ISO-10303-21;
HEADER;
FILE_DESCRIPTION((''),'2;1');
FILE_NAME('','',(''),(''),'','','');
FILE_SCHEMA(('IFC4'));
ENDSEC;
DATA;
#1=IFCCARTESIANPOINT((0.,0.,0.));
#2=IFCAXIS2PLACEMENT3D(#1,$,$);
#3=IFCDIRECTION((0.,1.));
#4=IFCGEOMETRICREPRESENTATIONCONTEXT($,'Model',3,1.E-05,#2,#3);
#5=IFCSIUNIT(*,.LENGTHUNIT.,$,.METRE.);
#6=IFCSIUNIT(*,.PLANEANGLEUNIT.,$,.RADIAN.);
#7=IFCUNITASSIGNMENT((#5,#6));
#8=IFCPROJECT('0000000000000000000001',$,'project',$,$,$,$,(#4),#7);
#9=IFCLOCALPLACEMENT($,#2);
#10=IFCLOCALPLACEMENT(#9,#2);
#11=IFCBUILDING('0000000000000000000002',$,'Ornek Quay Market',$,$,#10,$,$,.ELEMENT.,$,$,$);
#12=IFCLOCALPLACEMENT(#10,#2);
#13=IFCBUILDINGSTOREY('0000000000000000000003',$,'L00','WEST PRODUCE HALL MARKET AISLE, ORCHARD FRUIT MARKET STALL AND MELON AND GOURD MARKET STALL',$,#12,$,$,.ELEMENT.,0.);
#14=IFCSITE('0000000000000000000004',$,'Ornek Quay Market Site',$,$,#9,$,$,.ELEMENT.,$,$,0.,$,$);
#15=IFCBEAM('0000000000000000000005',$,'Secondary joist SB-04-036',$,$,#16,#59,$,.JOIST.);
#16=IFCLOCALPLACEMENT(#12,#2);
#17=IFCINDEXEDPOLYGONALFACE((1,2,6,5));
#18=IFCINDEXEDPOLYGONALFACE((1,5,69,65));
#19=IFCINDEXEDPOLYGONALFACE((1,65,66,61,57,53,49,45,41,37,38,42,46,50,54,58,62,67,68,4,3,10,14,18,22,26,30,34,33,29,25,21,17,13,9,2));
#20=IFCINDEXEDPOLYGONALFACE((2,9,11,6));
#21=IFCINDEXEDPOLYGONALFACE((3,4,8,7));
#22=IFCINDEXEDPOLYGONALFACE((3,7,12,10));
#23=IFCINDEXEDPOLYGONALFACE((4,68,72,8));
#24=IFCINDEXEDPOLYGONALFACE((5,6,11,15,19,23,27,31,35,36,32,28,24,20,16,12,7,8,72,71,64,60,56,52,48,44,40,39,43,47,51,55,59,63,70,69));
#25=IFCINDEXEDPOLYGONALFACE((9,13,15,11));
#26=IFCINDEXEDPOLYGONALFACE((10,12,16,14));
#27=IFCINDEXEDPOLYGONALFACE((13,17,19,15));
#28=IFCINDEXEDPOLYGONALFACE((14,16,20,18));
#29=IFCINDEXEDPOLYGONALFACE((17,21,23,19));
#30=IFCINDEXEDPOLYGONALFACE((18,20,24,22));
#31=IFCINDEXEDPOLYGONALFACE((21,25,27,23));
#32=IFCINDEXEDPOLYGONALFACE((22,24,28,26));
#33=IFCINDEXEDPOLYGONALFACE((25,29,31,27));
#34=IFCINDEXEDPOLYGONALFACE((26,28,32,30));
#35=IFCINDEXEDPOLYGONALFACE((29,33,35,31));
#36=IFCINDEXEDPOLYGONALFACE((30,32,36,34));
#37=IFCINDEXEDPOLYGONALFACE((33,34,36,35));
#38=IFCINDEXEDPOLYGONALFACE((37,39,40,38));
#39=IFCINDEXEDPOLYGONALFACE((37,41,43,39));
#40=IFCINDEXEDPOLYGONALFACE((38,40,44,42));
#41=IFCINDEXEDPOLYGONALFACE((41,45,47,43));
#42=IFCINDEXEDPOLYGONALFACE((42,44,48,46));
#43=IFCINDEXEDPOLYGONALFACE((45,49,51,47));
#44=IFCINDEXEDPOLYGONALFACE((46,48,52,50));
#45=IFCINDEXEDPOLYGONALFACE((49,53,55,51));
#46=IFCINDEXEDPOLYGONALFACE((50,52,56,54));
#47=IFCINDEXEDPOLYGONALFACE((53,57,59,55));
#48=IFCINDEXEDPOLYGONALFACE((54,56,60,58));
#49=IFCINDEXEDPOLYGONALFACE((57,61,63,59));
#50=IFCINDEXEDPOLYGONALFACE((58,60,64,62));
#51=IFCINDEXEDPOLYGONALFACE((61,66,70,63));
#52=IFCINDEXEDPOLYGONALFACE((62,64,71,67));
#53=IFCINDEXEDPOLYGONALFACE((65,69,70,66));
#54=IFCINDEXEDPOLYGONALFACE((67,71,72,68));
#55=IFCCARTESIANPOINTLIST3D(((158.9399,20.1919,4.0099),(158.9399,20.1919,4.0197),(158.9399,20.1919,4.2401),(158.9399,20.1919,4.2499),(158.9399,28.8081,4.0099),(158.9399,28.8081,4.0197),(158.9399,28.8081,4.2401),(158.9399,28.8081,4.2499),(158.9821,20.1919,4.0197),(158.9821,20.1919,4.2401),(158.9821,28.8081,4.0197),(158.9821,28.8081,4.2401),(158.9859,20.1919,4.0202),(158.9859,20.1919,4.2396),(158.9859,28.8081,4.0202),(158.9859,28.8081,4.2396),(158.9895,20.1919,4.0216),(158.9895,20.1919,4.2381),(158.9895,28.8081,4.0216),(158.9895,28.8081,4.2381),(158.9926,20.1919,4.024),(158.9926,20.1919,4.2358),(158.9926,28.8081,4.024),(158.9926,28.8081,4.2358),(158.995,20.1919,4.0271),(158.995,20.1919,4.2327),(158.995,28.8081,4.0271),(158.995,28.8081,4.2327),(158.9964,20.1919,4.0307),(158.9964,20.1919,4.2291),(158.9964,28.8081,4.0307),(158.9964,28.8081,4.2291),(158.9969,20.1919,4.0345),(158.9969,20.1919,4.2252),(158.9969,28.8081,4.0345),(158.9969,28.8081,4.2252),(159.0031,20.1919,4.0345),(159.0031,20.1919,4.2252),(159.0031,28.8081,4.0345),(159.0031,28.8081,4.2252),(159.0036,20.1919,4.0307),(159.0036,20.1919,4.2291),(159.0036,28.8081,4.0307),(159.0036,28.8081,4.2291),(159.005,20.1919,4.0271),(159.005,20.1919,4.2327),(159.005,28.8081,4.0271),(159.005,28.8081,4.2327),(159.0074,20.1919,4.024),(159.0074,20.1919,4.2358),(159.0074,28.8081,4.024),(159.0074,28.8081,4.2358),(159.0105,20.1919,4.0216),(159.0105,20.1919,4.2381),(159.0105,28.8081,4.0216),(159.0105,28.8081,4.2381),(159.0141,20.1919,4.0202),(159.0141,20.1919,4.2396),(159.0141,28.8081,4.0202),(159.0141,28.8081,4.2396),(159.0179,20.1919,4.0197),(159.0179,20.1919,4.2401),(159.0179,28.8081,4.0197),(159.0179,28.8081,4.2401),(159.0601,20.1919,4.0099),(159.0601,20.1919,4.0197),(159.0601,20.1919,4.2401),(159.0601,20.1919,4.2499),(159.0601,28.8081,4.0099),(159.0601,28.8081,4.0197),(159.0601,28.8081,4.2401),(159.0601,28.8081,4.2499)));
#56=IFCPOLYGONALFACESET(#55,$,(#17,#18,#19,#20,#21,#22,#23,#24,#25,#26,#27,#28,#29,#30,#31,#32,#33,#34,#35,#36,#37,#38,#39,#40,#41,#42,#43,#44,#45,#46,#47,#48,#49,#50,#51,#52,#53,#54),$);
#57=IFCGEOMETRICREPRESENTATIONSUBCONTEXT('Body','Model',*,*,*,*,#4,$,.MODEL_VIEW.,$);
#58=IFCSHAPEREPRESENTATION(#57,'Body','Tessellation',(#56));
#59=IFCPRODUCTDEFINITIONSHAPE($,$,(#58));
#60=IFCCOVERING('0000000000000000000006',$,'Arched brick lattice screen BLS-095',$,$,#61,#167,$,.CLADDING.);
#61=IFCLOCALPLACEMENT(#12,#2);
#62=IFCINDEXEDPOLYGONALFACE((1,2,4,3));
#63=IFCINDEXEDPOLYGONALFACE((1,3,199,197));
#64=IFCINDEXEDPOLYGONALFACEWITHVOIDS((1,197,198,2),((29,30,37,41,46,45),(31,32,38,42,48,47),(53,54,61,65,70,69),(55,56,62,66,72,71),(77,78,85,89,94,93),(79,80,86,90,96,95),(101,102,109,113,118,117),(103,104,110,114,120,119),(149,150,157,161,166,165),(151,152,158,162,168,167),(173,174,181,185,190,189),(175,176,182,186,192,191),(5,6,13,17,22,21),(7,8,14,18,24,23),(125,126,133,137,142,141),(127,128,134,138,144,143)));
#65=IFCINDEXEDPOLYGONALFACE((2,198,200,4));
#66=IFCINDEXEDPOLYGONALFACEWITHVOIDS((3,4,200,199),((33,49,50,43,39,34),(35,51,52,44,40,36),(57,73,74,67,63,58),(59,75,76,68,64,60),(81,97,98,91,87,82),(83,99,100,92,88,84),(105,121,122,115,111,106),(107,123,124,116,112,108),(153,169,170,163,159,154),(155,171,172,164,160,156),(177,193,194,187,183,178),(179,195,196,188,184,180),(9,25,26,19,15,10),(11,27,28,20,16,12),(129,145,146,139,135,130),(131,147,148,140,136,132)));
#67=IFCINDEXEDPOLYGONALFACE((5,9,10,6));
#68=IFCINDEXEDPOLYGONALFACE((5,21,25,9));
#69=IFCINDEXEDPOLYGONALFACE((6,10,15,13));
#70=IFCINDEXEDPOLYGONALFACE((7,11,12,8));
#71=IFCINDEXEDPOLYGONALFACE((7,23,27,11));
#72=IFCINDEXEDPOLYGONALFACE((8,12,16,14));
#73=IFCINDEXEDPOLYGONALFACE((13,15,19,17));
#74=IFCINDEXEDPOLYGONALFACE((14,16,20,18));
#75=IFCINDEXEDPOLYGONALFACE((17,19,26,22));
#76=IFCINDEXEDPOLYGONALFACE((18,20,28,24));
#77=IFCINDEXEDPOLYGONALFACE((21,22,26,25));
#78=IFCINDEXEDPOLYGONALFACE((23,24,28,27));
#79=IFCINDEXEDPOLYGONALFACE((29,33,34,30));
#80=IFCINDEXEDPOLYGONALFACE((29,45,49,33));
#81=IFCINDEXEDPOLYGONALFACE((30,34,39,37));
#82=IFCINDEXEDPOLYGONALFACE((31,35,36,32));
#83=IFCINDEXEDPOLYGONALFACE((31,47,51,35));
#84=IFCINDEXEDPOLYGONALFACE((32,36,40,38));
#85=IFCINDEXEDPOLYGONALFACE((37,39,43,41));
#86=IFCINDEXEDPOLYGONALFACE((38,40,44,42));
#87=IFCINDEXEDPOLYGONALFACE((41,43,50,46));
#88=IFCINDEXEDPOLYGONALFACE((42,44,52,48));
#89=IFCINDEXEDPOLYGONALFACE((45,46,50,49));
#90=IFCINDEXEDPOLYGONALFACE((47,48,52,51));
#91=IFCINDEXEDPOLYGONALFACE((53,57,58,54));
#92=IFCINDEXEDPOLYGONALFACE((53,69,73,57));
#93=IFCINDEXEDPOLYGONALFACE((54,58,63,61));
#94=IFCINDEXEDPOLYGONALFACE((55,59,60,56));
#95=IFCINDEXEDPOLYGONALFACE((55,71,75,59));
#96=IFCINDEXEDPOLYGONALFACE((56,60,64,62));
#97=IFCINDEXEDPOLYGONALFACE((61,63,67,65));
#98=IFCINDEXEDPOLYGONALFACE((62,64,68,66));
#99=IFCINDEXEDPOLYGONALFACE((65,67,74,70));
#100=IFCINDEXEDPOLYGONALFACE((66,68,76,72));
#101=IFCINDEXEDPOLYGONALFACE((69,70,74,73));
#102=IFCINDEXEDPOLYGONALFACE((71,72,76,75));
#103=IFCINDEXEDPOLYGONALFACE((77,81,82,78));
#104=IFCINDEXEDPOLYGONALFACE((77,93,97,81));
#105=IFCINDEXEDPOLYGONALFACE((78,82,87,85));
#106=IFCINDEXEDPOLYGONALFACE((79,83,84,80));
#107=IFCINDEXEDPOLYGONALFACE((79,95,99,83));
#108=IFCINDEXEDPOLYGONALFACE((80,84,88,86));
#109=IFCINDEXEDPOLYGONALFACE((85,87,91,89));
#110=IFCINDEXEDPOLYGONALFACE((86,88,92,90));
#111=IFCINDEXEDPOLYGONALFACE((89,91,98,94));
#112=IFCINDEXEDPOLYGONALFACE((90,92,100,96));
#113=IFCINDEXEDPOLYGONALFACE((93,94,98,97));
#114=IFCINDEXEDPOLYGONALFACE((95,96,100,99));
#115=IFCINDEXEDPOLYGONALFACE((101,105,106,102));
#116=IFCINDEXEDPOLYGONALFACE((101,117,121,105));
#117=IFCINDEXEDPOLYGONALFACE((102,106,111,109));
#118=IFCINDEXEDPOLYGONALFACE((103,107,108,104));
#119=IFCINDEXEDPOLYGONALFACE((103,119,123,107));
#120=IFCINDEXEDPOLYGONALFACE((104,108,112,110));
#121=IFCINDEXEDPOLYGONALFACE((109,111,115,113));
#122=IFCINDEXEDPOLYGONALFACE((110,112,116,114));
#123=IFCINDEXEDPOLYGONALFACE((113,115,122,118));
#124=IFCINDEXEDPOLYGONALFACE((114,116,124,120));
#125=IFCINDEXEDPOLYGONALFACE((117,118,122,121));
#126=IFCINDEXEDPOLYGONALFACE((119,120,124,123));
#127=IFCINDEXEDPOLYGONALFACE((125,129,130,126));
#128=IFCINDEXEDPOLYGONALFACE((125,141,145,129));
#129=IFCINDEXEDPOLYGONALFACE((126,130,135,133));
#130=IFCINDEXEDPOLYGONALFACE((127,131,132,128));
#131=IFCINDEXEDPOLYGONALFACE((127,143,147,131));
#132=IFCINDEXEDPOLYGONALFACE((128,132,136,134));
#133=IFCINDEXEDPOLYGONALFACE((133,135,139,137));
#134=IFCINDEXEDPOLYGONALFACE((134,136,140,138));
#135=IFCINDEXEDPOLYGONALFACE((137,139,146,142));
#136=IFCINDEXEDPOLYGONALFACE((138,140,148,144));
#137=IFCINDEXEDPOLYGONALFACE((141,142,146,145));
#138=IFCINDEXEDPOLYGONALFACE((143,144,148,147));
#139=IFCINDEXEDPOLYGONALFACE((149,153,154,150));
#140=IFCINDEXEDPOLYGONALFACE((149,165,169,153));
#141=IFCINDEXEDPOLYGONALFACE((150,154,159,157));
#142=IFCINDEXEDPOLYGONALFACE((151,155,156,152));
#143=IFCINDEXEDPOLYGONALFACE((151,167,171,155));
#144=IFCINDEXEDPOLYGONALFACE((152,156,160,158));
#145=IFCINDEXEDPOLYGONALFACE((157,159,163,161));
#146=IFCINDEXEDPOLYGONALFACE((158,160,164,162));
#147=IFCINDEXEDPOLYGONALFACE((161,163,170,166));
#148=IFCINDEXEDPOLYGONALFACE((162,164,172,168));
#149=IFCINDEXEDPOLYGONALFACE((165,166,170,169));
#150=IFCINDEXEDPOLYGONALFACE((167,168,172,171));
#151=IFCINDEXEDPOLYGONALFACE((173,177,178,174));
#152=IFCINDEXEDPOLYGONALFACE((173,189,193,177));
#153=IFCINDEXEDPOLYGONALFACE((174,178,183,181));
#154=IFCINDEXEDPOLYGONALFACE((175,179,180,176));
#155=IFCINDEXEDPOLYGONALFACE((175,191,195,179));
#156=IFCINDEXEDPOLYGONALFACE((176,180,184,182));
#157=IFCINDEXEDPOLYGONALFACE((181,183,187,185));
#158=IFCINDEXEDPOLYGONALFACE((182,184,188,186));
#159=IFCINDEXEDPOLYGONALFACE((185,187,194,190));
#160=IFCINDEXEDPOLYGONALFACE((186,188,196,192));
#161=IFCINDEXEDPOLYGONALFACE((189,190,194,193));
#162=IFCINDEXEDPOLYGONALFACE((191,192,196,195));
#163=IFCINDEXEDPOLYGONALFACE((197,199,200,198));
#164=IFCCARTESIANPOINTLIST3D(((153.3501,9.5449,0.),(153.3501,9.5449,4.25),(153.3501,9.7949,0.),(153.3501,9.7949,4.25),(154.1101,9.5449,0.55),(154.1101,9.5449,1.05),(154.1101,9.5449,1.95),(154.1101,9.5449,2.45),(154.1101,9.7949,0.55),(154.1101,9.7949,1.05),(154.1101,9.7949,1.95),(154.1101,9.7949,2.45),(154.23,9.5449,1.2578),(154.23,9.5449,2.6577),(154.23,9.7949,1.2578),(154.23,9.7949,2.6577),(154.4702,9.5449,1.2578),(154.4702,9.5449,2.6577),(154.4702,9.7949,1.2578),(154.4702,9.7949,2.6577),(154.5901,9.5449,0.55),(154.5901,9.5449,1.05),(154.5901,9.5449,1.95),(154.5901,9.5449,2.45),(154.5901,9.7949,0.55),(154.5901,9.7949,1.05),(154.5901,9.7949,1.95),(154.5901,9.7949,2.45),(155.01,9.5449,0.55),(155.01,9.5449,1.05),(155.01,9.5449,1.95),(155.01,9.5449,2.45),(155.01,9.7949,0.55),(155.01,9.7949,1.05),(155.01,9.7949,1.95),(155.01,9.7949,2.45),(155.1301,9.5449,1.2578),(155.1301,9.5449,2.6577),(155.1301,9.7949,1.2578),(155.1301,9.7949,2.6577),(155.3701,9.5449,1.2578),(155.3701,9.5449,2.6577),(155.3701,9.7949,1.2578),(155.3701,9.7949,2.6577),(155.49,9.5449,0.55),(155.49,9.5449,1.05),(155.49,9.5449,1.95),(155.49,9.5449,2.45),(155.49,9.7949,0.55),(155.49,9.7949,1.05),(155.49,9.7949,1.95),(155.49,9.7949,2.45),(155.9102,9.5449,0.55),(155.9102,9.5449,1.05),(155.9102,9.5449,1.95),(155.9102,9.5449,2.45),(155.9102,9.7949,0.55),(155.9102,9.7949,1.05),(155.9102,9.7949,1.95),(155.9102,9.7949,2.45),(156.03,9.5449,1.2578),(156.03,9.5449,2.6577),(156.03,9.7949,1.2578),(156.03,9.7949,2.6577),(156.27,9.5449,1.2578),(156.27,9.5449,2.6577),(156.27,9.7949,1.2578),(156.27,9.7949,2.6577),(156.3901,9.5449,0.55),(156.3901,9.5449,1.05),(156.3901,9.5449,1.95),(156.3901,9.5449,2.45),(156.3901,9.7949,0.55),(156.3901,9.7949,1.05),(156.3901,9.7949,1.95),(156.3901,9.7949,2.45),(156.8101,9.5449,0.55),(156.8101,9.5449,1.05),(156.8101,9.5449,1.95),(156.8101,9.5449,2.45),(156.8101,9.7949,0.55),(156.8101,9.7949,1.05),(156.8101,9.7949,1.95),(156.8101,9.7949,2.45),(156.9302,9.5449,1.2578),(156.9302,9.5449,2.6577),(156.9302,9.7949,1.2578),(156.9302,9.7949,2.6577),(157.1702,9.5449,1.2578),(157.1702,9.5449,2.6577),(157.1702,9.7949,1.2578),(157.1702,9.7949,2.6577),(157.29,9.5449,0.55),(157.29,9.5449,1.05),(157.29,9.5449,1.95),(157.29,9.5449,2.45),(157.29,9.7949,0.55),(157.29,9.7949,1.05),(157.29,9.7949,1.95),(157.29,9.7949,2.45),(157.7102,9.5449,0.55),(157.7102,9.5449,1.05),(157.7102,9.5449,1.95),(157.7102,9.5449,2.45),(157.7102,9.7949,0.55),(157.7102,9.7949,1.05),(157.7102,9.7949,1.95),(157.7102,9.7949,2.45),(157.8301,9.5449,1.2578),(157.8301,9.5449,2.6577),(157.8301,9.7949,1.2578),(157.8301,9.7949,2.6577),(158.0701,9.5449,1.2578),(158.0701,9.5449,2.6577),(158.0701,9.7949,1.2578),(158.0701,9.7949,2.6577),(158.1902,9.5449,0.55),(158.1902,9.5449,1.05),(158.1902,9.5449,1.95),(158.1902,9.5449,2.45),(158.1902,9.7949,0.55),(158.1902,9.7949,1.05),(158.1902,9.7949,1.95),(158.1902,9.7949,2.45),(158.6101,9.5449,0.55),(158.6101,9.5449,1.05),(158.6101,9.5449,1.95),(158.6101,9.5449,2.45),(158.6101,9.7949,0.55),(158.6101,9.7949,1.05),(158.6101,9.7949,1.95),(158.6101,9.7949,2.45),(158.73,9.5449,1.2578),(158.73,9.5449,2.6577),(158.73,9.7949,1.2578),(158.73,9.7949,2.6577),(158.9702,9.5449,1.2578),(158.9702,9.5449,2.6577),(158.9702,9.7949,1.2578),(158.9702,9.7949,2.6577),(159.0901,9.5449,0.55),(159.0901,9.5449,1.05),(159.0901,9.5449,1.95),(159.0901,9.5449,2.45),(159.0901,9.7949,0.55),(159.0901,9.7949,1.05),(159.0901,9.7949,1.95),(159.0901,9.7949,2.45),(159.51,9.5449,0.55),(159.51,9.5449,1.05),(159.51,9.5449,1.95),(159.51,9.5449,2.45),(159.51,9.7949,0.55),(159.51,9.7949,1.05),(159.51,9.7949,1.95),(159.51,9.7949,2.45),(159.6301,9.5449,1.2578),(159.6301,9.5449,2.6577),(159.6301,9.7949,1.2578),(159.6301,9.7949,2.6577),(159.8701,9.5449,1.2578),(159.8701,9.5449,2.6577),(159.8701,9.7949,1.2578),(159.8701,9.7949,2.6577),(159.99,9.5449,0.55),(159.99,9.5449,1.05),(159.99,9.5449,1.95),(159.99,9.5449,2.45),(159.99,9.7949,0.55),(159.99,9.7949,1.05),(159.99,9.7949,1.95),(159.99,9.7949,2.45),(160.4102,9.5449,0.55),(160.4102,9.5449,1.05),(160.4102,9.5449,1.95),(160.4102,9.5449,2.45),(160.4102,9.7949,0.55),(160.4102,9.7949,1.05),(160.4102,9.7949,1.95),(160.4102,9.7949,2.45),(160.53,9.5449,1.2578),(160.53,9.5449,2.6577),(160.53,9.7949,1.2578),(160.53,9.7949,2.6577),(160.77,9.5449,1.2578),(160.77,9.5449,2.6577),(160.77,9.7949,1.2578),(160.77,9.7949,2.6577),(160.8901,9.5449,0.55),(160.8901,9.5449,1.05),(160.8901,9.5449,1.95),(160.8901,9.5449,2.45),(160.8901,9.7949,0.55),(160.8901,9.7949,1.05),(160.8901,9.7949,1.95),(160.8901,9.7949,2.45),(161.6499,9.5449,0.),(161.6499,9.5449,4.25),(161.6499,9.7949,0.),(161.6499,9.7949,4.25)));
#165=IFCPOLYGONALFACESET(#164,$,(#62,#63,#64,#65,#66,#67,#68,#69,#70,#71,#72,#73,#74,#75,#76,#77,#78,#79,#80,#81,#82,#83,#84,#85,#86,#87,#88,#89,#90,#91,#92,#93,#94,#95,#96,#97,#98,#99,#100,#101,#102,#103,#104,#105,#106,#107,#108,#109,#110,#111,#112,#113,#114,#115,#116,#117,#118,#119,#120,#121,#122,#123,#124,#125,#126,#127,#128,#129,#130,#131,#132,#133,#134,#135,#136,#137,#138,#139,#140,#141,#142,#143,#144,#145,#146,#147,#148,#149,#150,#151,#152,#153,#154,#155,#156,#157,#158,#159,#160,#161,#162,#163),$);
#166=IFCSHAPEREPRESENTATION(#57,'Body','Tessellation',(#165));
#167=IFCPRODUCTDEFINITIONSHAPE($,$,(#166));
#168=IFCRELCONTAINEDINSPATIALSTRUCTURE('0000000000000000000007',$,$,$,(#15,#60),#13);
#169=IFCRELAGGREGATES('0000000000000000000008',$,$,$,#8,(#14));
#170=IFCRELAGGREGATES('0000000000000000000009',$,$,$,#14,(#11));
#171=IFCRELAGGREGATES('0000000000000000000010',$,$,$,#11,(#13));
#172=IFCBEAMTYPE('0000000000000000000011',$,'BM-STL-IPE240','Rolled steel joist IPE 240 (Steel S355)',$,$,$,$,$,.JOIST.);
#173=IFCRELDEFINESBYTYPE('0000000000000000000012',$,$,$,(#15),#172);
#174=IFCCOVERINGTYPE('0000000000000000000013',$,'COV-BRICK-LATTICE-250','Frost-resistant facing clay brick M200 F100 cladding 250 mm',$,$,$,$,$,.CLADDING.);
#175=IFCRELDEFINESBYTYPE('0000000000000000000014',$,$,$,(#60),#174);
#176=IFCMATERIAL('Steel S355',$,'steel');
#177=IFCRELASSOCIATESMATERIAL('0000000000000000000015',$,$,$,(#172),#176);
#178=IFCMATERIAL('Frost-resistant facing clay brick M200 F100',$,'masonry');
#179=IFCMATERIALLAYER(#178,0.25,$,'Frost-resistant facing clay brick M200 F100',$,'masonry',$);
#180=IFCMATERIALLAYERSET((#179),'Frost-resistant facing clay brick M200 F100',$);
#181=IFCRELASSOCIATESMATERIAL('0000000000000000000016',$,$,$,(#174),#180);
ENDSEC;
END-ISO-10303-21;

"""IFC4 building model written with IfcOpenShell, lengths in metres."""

from ifc_helpers import new_model, si_unit, direction, frame, origin, origin_2d, place, context, subcontext, project, spatial, polyline, i_section, outline, extrude, material, layer, layer_set, material_profile, profile_set, type_object, element, save


model = new_model("IFC4")

# Units and contexts
model_context = context("Model", 3, precision=1e-05, world=origin(), true_north=direction((0.0, 1.0)))
body_context = subcontext(model_context, "Body", "Model", "MODEL_VIEW")
ifc_project = project(units=[si_unit("LENGTHUNIT", "METRE"), si_unit("PLANEANGLEUNIT", "RADIAN")], contexts=[model_context])

# Site, building, storey
site_placement = place(None, origin())
site = spatial("IfcSite", under=ifc_project, at=site_placement, Name="Ornek Quay Market Site", CompositionType="ELEMENT", RefElevation=0.0)
building_placement = place(site_placement, origin())
building = spatial("IfcBuilding", under=site, at=building_placement, Name="Ornek Quay Market", CompositionType="ELEMENT")
storey_placement = place(building_placement, origin())
storey = spatial("IfcBuildingStorey", under=building, at=storey_placement, Name="L00", Description="WEST PRODUCE HALL MARKET AISLE, ORCHARD FRUIT MARKET STALL AND MELON AND GOURD MARKET STALL", CompositionType="ELEMENT", Elevation=0.0)

# Beam
ifc_material_1 = material(Name="Steel S355", Category="steel")
ifc_material_profile_1 = material_profile(ifc_material_1, i_section(OverallWidth=0.1201, OverallDepth=0.24, WebThickness=0.0061, FlangeThickness=0.0098, FilletRadius=0.0149, at=origin_2d()), Name="IPE 240", Category="steel")
ifc_profile_set_1 = profile_set([ifc_material_profile_1], Name="Steel S355")
beam_type_1 = type_object("IfcBeamType", Name="BM-STL-IPE240", Description="Rolled steel joist IPE 240 (Steel S355)", PredefinedType="JOIST", material=ifc_profile_set_1)
for number, where, z_axis, x_axis, name in (
    (1, (159.0, 20.1919, 4.1299), (0.0, 1.0, 0.0), (-1.0, 0.0, 0.0), "Secondary joist SB-04-036"),
):
    element("IfcBeam", number, at=place(storey_placement, frame(where, z_axis=z_axis, x_axis=x_axis)), inside=storey, type_object=beam_type_1, Name=name, PredefinedType="JOIST", context=body_context, shape_type="SweptSolid", body=[
        extrude(i_section(OverallWidth=0.1201, OverallDepth=0.24, WebThickness=0.0061, FlangeThickness=0.0098, FilletRadius=0.0149, at=origin_2d()), origin(), (0.0, 0.0, 1.0), 8.6162),
    ])

# Covering
ifc_material_2 = material(Name="Frost-resistant facing clay brick M200 F100", Category="masonry")
ifc_layer = layer(ifc_material_2, 0.25, Name="Frost-resistant facing clay brick M200 F100", Category="masonry")
ifc_layer_set = layer_set([ifc_layer], Name="Frost-resistant facing clay brick M200 F100")
covering_type = type_object("IfcCoveringType", Name="COV-BRICK-LATTICE-250", Description="Frost-resistant facing clay brick M200 F100 cladding 250 mm", PredefinedType="CLADDING", material=ifc_layer_set)
covering_placement = place(storey_placement, frame((153.3501, 9.6699, 0.0), z_axis=(0.0, 0.0, 1.0), x_axis=(1.0, 0.0, 0.0)))
element("IfcCovering", 2, at=covering_placement, inside=storey, type_object=covering_type, Name="Arched brick lattice screen BLS-095", PredefinedType="CLADDING", context=body_context, shape_type="SweptSolid", body=[
    extrude(outline(polyline([(0.0, 0.0), (8.2998, 0.0), (8.2998, 4.25), (0.0, 4.25), (0.0, 0.0)]), holes=[polyline([(0.76, 0.55), (1.24, 0.55), (1.24, 1.05), (1.1201, 1.2578), (0.8799, 1.2578), (0.76, 1.05), (0.76, 0.55)]), polyline([(0.76, 1.95), (1.24, 1.95), (1.24, 2.45), (1.1201, 2.6577), (0.8799, 2.6577), (0.76, 2.45), (0.76, 1.95)]), polyline([(1.6599, 0.55), (2.1399, 0.55), (2.1399, 1.05), (2.02, 1.2578), (1.78, 1.2578), (1.6599, 1.05), (1.6599, 0.55)]), polyline([(1.6599, 1.95), (2.1399, 1.95), (2.1399, 2.45), (2.02, 2.6577), (1.78, 2.6577), (1.6599, 2.45), (1.6599, 1.95)]), polyline([(2.5601, 0.55), (3.04, 0.55), (3.04, 1.05), (2.9199, 1.2578), (2.6799, 1.2578), (2.5601, 1.05), (2.5601, 0.55)]), polyline([(2.5601, 1.95), (3.04, 1.95), (3.04, 2.45), (2.9199, 2.6577), (2.6799, 2.6577), (2.5601, 2.45), (2.5601, 1.95)]), polyline([(3.46, 0.55), (3.9399, 0.55), (3.9399, 1.05), (3.8201, 1.2578), (3.5801, 1.2578), (3.46, 1.05), (3.46, 0.55)]), polyline([(3.46, 1.95), (3.9399, 1.95), (3.9399, 2.45), (3.8201, 2.6577), (3.5801, 2.6577), (3.46, 2.45), (3.46, 1.95)]), polyline([(4.3601, 0.55), (4.8401, 0.55), (4.8401, 1.05), (4.72, 1.2578), (4.48, 1.2578), (4.3601, 1.05), (4.3601, 0.55)]), polyline([(4.3601, 1.95), (4.8401, 1.95), (4.8401, 2.45), (4.72, 2.6577), (4.48, 2.6577), (4.3601, 2.45), (4.3601, 1.95)]), polyline([(5.26, 0.55), (5.74, 0.55), (5.74, 1.05), (5.6201, 1.2578), (5.3799, 1.2578), (5.26, 1.05), (5.26, 0.55)]), polyline([(5.26, 1.95), (5.74, 1.95), (5.74, 2.45), (5.6201, 2.6577), (5.3799, 2.6577), (5.26, 2.45), (5.26, 1.95)]), polyline([(6.1599, 0.55), (6.6399, 0.55), (6.6399, 1.05), (6.52, 1.2578), (6.28, 1.2578), (6.1599, 1.05), (6.1599, 0.55)]), polyline([(6.1599, 1.95), (6.6399, 1.95), (6.6399, 2.45), (6.52, 2.6577), (6.28, 2.6577), (6.1599, 2.45), (6.1599, 1.95)]), polyline([(7.0601, 0.55), (7.54, 0.55), (7.54, 1.05), (7.4199, 1.2578), (7.1799, 1.2578), (7.0601, 1.05), (7.0601, 0.55)]), polyline([(7.0601, 1.95), (7.54, 1.95), (7.54, 2.45), (7.4199, 2.6577), (7.1799, 2.6577), (7.0601, 2.45), (7.0601, 1.95)])]), frame((0.0, 0.125, 0.0), z_axis=(0.0, -1.0, 0.0), x_axis=(1.0, 0.0, 0.0)), (0.0, 0.0, 1.0), 0.25),
])

save(model, "model.ifc")
